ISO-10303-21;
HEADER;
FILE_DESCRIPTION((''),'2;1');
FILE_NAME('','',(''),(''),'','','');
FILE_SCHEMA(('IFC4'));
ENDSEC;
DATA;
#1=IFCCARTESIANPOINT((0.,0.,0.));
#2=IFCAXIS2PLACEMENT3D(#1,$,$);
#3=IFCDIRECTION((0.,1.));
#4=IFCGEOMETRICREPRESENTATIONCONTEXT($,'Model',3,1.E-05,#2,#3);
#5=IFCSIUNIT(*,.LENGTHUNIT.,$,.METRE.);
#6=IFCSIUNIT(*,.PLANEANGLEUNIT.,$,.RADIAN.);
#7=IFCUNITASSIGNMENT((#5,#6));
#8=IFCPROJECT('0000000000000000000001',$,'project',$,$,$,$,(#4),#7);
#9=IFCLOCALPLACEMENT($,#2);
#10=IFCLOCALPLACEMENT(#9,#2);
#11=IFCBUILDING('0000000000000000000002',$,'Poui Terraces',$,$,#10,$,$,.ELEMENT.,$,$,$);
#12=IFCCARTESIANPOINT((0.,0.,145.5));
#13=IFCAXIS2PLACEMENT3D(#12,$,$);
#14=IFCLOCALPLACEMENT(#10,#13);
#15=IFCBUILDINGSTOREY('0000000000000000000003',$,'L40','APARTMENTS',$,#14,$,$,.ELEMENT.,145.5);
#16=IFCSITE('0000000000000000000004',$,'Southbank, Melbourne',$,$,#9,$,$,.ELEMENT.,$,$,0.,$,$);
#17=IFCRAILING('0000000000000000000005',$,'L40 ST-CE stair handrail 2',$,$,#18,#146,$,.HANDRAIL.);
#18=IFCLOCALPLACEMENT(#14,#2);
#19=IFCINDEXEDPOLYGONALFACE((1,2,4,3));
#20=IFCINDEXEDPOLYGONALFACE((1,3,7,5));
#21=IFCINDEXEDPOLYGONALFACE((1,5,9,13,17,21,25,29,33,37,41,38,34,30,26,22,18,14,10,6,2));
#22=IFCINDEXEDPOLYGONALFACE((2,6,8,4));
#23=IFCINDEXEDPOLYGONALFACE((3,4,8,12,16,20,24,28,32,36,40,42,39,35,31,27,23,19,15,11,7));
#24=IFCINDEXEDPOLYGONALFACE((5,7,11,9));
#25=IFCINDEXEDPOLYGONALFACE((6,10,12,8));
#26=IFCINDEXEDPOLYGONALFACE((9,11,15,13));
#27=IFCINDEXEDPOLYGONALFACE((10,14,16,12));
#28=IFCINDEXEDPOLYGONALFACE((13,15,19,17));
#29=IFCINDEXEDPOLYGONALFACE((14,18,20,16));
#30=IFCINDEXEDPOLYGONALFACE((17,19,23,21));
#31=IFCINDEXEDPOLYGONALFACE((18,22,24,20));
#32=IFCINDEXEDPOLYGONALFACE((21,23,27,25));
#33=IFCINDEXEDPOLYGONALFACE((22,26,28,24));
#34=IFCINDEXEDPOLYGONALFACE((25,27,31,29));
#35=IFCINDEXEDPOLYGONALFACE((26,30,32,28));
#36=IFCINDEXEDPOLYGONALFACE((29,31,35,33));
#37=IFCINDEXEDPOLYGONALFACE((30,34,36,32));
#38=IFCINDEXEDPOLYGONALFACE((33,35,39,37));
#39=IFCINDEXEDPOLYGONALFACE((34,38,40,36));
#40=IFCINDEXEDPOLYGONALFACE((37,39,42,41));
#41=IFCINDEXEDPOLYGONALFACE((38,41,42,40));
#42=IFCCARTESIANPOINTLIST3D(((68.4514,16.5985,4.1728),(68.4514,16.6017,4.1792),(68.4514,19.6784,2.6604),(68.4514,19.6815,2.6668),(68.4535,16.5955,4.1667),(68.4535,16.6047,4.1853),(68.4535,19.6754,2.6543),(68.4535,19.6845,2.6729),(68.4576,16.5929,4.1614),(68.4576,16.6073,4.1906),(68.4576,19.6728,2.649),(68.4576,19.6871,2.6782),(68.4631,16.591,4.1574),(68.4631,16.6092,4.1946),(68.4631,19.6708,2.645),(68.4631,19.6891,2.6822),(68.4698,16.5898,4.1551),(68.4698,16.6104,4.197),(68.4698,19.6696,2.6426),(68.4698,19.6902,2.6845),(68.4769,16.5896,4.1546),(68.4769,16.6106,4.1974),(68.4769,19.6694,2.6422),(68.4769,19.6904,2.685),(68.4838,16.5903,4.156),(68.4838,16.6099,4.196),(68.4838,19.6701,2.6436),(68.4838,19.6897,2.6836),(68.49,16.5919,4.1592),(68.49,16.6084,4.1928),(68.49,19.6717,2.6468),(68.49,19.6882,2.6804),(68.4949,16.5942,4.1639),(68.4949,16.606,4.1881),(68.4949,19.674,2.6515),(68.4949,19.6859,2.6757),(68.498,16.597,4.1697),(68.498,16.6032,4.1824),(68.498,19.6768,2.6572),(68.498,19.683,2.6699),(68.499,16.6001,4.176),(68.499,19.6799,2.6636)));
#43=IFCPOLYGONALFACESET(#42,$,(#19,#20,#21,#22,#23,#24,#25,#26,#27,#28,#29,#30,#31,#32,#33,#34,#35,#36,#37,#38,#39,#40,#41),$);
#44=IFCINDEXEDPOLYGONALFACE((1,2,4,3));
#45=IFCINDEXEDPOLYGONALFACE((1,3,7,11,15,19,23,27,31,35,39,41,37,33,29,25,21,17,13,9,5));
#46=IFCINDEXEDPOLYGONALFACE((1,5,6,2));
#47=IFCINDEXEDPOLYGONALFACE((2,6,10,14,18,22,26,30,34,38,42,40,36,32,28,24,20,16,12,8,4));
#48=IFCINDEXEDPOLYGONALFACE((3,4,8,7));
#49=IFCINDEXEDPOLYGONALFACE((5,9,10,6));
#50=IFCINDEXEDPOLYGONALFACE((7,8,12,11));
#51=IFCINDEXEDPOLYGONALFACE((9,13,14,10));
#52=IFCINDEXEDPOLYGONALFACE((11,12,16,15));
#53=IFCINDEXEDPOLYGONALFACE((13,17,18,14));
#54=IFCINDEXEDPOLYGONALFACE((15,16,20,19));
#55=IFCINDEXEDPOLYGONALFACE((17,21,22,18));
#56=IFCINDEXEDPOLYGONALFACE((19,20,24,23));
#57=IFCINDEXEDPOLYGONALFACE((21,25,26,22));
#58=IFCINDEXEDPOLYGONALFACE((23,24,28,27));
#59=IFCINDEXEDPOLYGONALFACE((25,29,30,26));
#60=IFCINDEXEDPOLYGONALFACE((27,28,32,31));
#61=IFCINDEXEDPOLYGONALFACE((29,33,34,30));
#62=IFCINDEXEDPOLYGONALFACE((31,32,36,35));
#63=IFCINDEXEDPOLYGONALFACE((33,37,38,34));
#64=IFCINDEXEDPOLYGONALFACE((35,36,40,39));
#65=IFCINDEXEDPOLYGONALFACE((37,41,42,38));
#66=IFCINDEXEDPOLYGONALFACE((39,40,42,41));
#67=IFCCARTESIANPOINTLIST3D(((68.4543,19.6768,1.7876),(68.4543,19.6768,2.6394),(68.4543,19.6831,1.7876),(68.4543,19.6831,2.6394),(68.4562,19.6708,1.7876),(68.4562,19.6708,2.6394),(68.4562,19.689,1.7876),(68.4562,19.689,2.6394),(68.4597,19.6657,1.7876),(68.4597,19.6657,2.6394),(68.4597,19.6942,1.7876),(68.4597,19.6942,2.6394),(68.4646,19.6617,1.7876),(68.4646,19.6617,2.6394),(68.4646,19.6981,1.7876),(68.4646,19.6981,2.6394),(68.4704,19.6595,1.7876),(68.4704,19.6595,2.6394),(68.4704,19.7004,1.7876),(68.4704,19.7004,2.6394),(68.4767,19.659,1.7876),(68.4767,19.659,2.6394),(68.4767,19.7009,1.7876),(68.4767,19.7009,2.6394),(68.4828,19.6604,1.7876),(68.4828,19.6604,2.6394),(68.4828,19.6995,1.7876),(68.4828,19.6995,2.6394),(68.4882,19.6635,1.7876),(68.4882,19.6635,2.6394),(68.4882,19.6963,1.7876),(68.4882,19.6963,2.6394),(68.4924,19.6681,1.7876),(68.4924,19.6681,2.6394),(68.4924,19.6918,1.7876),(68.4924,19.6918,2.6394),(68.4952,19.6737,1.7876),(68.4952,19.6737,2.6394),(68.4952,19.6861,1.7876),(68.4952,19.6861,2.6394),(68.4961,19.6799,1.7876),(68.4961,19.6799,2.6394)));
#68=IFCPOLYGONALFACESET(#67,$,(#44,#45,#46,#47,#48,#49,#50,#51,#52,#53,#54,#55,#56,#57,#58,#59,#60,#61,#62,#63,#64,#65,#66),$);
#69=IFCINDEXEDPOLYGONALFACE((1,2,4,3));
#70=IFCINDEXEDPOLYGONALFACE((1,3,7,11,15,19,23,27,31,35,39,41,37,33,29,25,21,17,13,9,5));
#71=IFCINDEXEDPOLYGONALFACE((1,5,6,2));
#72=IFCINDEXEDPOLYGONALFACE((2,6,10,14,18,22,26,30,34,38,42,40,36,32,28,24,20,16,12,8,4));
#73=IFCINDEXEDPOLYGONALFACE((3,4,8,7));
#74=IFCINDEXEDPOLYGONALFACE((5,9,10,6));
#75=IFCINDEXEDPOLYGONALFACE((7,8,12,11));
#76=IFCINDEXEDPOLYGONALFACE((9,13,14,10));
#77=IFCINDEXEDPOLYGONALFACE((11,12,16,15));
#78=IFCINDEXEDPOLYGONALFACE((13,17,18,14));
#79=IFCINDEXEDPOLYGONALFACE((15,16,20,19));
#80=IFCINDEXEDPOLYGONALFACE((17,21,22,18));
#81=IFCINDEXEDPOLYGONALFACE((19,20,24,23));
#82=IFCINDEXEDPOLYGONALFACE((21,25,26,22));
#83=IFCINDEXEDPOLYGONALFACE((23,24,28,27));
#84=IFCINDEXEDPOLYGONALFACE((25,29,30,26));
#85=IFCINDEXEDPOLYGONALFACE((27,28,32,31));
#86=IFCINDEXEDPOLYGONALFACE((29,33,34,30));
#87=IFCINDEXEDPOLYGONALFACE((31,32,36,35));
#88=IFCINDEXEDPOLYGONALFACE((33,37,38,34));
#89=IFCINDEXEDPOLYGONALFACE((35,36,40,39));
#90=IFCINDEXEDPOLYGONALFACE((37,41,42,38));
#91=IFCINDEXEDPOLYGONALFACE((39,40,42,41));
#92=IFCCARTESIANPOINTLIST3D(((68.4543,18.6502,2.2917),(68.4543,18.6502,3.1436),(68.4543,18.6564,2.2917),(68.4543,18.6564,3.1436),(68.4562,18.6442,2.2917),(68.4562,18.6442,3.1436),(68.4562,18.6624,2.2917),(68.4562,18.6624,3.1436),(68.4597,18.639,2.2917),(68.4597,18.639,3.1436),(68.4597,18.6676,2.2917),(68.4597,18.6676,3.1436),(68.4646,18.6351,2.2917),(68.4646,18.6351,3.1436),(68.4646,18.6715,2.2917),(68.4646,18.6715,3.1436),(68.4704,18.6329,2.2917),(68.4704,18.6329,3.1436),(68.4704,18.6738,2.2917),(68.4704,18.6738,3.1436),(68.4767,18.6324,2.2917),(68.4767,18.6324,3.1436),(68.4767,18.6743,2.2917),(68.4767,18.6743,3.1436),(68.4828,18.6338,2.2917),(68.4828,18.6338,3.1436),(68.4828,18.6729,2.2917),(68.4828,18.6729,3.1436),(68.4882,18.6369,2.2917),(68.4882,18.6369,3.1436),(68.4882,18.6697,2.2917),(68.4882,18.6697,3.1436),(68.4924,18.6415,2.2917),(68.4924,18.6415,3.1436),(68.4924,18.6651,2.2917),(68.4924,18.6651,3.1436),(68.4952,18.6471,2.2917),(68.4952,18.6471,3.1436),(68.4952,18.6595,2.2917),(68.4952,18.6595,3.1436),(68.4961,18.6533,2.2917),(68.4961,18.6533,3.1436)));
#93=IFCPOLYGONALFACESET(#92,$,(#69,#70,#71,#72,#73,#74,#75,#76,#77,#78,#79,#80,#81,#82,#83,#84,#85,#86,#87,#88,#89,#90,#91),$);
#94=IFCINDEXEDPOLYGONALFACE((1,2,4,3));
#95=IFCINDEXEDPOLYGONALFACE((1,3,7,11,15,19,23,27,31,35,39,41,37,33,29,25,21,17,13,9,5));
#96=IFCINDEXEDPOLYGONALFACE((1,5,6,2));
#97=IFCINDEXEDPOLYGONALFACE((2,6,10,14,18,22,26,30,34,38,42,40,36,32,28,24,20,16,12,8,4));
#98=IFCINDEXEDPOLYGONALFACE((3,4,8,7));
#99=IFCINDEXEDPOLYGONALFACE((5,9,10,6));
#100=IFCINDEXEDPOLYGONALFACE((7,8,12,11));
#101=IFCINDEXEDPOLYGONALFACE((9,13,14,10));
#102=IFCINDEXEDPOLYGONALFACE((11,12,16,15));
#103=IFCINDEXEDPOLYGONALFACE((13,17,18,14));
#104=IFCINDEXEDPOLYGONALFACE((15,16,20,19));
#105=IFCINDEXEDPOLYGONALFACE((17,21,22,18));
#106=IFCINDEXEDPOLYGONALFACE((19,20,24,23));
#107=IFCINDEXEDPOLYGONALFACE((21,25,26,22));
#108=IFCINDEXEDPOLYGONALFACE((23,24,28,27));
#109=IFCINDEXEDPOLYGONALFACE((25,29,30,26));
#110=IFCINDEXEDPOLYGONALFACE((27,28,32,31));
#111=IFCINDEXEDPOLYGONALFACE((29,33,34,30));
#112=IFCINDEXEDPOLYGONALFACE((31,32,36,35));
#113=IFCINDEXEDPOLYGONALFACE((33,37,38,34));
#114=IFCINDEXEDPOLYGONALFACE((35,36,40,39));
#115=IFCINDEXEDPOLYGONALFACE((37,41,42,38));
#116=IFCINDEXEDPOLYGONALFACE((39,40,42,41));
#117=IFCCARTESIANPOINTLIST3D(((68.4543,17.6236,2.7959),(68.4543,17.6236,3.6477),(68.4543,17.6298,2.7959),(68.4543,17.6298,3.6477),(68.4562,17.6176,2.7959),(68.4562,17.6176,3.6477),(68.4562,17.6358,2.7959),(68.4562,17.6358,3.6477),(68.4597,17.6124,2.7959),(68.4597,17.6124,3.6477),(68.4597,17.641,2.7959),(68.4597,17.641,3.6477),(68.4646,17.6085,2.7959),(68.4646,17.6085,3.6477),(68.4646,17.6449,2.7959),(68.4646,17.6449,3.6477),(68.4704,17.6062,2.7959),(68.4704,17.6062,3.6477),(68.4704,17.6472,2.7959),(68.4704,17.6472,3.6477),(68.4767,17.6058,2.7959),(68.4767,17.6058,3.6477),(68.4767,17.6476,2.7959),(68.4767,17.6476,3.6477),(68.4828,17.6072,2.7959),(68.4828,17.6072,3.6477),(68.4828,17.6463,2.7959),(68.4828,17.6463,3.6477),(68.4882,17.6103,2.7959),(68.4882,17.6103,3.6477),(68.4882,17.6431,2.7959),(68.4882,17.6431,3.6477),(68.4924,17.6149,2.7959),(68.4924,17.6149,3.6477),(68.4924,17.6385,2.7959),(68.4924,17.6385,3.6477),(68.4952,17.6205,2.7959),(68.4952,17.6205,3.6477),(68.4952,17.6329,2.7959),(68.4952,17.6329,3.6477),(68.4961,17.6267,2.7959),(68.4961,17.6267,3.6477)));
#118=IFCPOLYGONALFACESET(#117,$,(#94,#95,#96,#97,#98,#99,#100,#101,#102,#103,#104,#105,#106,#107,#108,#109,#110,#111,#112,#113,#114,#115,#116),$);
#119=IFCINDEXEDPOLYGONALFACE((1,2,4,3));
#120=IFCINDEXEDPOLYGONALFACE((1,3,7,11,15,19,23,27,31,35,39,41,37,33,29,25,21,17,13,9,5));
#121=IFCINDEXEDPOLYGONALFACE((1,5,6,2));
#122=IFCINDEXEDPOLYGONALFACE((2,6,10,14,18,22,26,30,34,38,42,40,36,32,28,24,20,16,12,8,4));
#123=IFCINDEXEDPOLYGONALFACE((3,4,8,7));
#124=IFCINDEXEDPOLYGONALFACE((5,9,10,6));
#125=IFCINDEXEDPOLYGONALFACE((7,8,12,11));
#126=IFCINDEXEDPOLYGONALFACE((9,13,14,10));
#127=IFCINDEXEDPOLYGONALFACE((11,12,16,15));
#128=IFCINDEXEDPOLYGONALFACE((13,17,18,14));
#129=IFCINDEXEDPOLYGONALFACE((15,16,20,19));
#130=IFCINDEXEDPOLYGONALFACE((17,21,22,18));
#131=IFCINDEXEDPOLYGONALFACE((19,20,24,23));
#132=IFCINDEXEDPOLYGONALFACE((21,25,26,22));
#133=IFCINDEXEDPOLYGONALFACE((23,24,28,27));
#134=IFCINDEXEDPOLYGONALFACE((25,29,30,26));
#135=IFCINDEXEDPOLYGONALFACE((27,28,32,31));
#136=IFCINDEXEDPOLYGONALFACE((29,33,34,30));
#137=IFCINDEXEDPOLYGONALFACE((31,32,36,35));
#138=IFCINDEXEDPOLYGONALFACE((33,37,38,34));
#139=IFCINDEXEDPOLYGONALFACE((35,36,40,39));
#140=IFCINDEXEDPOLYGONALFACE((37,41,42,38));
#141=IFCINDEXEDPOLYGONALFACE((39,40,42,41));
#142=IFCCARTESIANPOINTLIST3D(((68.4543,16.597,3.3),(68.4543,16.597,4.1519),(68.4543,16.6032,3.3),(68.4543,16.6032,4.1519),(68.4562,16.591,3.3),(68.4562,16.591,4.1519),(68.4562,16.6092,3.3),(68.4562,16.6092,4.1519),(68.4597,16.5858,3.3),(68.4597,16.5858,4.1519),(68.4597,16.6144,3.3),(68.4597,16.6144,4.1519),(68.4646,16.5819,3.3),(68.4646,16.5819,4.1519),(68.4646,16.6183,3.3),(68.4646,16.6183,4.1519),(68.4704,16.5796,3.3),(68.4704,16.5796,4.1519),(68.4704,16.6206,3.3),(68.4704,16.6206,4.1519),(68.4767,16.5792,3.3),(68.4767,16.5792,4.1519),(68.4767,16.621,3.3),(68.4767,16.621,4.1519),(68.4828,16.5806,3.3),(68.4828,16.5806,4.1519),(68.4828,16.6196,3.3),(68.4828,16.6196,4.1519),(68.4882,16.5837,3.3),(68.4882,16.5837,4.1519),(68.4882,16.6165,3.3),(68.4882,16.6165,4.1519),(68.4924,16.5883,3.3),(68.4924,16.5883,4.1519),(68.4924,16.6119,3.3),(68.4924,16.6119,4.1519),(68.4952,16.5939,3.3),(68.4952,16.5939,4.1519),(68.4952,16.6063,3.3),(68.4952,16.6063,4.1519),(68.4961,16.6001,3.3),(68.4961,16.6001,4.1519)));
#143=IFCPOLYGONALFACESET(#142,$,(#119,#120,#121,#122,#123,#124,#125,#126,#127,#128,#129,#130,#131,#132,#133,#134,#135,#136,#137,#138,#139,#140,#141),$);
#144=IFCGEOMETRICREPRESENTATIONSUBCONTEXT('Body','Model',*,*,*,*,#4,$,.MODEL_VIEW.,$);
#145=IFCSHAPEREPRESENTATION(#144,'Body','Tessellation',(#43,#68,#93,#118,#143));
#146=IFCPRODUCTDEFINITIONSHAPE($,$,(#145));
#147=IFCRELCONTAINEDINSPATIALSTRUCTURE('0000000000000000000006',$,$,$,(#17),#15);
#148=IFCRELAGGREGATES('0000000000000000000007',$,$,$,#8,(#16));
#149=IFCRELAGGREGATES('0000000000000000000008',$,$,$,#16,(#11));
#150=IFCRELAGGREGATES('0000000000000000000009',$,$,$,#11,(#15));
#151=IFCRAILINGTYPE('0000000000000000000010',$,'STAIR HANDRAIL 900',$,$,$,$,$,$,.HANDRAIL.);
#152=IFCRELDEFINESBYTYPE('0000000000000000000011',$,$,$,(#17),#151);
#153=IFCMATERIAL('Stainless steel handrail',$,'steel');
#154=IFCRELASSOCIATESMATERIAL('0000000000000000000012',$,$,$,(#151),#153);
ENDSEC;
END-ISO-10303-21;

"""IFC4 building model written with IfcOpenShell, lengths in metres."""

from ifc_helpers import new_model, si_unit, direction, frame, origin, origin_2d, place, context, subcontext, project, spatial, circle, extrude, material, type_object, element, save


model = new_model("IFC4")

# Units and contexts
model_context = context("Model", 3, precision=1e-05, world=origin(), true_north=direction((0.0, 1.0)))
body_context = subcontext(model_context, "Body", "Model", "MODEL_VIEW")
ifc_project = project(units=[si_unit("LENGTHUNIT", "METRE"), si_unit("PLANEANGLEUNIT", "RADIAN")], contexts=[model_context])

# Site, building, storey
site_placement = place(None, origin())
site = spatial("IfcSite", under=ifc_project, at=site_placement, Name="Southbank, Melbourne", CompositionType="ELEMENT", RefElevation=0.0)
building_placement = place(site_placement, origin())
building = spatial("IfcBuilding", under=site, at=building_placement, Name="Poui Terraces", CompositionType="ELEMENT")
storey_placement = place(building_placement, frame((0.0, 0.0, 145.5)))
storey = spatial("IfcBuildingStorey", under=building, at=storey_placement, Name="L40", Description="APARTMENTS", CompositionType="ELEMENT", Elevation=145.5)

# Railing
ifc_material_1 = material(Name="Stainless steel handrail", Category="steel")
railing_type_1 = type_object("IfcRailingType", Name="STAIR HANDRAIL 900", PredefinedType="HANDRAIL", material=ifc_material_1)
for number, where, name in (
    (1, (68.4751, 19.6799, 1.7876), "L40 ST-CE stair handrail 2"),
):
    element("IfcRailing", number, at=place(storey_placement, frame(where)), inside=storey, type_object=railing_type_1, Name=name, PredefinedType="HANDRAIL", context=body_context, shape_type="SweptSolid", body=[
        extrude(circle(Radius=0.0239, at=origin_2d()), frame((0.0, 0.0, 0.876), z_axis=(0.0, -0.897606, 0.440798), x_axis=(1.0, 0.0, 0.0)), (0.0, 0.0, 1.0), 3.4312),
        extrude(circle(Radius=0.021, at=origin_2d()), origin(), (0.0, 0.0, 1.0), 0.8518),
        extrude(circle(Radius=0.021, at=origin_2d()), frame((0.0, -1.0266, 0.5042)), (0.0, 0.0, 1.0), 0.8518),
        extrude(circle(Radius=0.021, at=origin_2d()), frame((0.0, -2.0532, 1.0083)), (0.0, 0.0, 1.0), 0.8518),
        extrude(circle(Radius=0.021, at=origin_2d()), frame((0.0, -3.0798, 1.5125)), (0.0, 0.0, 1.0), 0.8518),
    ])

save(model, "model.ifc")
